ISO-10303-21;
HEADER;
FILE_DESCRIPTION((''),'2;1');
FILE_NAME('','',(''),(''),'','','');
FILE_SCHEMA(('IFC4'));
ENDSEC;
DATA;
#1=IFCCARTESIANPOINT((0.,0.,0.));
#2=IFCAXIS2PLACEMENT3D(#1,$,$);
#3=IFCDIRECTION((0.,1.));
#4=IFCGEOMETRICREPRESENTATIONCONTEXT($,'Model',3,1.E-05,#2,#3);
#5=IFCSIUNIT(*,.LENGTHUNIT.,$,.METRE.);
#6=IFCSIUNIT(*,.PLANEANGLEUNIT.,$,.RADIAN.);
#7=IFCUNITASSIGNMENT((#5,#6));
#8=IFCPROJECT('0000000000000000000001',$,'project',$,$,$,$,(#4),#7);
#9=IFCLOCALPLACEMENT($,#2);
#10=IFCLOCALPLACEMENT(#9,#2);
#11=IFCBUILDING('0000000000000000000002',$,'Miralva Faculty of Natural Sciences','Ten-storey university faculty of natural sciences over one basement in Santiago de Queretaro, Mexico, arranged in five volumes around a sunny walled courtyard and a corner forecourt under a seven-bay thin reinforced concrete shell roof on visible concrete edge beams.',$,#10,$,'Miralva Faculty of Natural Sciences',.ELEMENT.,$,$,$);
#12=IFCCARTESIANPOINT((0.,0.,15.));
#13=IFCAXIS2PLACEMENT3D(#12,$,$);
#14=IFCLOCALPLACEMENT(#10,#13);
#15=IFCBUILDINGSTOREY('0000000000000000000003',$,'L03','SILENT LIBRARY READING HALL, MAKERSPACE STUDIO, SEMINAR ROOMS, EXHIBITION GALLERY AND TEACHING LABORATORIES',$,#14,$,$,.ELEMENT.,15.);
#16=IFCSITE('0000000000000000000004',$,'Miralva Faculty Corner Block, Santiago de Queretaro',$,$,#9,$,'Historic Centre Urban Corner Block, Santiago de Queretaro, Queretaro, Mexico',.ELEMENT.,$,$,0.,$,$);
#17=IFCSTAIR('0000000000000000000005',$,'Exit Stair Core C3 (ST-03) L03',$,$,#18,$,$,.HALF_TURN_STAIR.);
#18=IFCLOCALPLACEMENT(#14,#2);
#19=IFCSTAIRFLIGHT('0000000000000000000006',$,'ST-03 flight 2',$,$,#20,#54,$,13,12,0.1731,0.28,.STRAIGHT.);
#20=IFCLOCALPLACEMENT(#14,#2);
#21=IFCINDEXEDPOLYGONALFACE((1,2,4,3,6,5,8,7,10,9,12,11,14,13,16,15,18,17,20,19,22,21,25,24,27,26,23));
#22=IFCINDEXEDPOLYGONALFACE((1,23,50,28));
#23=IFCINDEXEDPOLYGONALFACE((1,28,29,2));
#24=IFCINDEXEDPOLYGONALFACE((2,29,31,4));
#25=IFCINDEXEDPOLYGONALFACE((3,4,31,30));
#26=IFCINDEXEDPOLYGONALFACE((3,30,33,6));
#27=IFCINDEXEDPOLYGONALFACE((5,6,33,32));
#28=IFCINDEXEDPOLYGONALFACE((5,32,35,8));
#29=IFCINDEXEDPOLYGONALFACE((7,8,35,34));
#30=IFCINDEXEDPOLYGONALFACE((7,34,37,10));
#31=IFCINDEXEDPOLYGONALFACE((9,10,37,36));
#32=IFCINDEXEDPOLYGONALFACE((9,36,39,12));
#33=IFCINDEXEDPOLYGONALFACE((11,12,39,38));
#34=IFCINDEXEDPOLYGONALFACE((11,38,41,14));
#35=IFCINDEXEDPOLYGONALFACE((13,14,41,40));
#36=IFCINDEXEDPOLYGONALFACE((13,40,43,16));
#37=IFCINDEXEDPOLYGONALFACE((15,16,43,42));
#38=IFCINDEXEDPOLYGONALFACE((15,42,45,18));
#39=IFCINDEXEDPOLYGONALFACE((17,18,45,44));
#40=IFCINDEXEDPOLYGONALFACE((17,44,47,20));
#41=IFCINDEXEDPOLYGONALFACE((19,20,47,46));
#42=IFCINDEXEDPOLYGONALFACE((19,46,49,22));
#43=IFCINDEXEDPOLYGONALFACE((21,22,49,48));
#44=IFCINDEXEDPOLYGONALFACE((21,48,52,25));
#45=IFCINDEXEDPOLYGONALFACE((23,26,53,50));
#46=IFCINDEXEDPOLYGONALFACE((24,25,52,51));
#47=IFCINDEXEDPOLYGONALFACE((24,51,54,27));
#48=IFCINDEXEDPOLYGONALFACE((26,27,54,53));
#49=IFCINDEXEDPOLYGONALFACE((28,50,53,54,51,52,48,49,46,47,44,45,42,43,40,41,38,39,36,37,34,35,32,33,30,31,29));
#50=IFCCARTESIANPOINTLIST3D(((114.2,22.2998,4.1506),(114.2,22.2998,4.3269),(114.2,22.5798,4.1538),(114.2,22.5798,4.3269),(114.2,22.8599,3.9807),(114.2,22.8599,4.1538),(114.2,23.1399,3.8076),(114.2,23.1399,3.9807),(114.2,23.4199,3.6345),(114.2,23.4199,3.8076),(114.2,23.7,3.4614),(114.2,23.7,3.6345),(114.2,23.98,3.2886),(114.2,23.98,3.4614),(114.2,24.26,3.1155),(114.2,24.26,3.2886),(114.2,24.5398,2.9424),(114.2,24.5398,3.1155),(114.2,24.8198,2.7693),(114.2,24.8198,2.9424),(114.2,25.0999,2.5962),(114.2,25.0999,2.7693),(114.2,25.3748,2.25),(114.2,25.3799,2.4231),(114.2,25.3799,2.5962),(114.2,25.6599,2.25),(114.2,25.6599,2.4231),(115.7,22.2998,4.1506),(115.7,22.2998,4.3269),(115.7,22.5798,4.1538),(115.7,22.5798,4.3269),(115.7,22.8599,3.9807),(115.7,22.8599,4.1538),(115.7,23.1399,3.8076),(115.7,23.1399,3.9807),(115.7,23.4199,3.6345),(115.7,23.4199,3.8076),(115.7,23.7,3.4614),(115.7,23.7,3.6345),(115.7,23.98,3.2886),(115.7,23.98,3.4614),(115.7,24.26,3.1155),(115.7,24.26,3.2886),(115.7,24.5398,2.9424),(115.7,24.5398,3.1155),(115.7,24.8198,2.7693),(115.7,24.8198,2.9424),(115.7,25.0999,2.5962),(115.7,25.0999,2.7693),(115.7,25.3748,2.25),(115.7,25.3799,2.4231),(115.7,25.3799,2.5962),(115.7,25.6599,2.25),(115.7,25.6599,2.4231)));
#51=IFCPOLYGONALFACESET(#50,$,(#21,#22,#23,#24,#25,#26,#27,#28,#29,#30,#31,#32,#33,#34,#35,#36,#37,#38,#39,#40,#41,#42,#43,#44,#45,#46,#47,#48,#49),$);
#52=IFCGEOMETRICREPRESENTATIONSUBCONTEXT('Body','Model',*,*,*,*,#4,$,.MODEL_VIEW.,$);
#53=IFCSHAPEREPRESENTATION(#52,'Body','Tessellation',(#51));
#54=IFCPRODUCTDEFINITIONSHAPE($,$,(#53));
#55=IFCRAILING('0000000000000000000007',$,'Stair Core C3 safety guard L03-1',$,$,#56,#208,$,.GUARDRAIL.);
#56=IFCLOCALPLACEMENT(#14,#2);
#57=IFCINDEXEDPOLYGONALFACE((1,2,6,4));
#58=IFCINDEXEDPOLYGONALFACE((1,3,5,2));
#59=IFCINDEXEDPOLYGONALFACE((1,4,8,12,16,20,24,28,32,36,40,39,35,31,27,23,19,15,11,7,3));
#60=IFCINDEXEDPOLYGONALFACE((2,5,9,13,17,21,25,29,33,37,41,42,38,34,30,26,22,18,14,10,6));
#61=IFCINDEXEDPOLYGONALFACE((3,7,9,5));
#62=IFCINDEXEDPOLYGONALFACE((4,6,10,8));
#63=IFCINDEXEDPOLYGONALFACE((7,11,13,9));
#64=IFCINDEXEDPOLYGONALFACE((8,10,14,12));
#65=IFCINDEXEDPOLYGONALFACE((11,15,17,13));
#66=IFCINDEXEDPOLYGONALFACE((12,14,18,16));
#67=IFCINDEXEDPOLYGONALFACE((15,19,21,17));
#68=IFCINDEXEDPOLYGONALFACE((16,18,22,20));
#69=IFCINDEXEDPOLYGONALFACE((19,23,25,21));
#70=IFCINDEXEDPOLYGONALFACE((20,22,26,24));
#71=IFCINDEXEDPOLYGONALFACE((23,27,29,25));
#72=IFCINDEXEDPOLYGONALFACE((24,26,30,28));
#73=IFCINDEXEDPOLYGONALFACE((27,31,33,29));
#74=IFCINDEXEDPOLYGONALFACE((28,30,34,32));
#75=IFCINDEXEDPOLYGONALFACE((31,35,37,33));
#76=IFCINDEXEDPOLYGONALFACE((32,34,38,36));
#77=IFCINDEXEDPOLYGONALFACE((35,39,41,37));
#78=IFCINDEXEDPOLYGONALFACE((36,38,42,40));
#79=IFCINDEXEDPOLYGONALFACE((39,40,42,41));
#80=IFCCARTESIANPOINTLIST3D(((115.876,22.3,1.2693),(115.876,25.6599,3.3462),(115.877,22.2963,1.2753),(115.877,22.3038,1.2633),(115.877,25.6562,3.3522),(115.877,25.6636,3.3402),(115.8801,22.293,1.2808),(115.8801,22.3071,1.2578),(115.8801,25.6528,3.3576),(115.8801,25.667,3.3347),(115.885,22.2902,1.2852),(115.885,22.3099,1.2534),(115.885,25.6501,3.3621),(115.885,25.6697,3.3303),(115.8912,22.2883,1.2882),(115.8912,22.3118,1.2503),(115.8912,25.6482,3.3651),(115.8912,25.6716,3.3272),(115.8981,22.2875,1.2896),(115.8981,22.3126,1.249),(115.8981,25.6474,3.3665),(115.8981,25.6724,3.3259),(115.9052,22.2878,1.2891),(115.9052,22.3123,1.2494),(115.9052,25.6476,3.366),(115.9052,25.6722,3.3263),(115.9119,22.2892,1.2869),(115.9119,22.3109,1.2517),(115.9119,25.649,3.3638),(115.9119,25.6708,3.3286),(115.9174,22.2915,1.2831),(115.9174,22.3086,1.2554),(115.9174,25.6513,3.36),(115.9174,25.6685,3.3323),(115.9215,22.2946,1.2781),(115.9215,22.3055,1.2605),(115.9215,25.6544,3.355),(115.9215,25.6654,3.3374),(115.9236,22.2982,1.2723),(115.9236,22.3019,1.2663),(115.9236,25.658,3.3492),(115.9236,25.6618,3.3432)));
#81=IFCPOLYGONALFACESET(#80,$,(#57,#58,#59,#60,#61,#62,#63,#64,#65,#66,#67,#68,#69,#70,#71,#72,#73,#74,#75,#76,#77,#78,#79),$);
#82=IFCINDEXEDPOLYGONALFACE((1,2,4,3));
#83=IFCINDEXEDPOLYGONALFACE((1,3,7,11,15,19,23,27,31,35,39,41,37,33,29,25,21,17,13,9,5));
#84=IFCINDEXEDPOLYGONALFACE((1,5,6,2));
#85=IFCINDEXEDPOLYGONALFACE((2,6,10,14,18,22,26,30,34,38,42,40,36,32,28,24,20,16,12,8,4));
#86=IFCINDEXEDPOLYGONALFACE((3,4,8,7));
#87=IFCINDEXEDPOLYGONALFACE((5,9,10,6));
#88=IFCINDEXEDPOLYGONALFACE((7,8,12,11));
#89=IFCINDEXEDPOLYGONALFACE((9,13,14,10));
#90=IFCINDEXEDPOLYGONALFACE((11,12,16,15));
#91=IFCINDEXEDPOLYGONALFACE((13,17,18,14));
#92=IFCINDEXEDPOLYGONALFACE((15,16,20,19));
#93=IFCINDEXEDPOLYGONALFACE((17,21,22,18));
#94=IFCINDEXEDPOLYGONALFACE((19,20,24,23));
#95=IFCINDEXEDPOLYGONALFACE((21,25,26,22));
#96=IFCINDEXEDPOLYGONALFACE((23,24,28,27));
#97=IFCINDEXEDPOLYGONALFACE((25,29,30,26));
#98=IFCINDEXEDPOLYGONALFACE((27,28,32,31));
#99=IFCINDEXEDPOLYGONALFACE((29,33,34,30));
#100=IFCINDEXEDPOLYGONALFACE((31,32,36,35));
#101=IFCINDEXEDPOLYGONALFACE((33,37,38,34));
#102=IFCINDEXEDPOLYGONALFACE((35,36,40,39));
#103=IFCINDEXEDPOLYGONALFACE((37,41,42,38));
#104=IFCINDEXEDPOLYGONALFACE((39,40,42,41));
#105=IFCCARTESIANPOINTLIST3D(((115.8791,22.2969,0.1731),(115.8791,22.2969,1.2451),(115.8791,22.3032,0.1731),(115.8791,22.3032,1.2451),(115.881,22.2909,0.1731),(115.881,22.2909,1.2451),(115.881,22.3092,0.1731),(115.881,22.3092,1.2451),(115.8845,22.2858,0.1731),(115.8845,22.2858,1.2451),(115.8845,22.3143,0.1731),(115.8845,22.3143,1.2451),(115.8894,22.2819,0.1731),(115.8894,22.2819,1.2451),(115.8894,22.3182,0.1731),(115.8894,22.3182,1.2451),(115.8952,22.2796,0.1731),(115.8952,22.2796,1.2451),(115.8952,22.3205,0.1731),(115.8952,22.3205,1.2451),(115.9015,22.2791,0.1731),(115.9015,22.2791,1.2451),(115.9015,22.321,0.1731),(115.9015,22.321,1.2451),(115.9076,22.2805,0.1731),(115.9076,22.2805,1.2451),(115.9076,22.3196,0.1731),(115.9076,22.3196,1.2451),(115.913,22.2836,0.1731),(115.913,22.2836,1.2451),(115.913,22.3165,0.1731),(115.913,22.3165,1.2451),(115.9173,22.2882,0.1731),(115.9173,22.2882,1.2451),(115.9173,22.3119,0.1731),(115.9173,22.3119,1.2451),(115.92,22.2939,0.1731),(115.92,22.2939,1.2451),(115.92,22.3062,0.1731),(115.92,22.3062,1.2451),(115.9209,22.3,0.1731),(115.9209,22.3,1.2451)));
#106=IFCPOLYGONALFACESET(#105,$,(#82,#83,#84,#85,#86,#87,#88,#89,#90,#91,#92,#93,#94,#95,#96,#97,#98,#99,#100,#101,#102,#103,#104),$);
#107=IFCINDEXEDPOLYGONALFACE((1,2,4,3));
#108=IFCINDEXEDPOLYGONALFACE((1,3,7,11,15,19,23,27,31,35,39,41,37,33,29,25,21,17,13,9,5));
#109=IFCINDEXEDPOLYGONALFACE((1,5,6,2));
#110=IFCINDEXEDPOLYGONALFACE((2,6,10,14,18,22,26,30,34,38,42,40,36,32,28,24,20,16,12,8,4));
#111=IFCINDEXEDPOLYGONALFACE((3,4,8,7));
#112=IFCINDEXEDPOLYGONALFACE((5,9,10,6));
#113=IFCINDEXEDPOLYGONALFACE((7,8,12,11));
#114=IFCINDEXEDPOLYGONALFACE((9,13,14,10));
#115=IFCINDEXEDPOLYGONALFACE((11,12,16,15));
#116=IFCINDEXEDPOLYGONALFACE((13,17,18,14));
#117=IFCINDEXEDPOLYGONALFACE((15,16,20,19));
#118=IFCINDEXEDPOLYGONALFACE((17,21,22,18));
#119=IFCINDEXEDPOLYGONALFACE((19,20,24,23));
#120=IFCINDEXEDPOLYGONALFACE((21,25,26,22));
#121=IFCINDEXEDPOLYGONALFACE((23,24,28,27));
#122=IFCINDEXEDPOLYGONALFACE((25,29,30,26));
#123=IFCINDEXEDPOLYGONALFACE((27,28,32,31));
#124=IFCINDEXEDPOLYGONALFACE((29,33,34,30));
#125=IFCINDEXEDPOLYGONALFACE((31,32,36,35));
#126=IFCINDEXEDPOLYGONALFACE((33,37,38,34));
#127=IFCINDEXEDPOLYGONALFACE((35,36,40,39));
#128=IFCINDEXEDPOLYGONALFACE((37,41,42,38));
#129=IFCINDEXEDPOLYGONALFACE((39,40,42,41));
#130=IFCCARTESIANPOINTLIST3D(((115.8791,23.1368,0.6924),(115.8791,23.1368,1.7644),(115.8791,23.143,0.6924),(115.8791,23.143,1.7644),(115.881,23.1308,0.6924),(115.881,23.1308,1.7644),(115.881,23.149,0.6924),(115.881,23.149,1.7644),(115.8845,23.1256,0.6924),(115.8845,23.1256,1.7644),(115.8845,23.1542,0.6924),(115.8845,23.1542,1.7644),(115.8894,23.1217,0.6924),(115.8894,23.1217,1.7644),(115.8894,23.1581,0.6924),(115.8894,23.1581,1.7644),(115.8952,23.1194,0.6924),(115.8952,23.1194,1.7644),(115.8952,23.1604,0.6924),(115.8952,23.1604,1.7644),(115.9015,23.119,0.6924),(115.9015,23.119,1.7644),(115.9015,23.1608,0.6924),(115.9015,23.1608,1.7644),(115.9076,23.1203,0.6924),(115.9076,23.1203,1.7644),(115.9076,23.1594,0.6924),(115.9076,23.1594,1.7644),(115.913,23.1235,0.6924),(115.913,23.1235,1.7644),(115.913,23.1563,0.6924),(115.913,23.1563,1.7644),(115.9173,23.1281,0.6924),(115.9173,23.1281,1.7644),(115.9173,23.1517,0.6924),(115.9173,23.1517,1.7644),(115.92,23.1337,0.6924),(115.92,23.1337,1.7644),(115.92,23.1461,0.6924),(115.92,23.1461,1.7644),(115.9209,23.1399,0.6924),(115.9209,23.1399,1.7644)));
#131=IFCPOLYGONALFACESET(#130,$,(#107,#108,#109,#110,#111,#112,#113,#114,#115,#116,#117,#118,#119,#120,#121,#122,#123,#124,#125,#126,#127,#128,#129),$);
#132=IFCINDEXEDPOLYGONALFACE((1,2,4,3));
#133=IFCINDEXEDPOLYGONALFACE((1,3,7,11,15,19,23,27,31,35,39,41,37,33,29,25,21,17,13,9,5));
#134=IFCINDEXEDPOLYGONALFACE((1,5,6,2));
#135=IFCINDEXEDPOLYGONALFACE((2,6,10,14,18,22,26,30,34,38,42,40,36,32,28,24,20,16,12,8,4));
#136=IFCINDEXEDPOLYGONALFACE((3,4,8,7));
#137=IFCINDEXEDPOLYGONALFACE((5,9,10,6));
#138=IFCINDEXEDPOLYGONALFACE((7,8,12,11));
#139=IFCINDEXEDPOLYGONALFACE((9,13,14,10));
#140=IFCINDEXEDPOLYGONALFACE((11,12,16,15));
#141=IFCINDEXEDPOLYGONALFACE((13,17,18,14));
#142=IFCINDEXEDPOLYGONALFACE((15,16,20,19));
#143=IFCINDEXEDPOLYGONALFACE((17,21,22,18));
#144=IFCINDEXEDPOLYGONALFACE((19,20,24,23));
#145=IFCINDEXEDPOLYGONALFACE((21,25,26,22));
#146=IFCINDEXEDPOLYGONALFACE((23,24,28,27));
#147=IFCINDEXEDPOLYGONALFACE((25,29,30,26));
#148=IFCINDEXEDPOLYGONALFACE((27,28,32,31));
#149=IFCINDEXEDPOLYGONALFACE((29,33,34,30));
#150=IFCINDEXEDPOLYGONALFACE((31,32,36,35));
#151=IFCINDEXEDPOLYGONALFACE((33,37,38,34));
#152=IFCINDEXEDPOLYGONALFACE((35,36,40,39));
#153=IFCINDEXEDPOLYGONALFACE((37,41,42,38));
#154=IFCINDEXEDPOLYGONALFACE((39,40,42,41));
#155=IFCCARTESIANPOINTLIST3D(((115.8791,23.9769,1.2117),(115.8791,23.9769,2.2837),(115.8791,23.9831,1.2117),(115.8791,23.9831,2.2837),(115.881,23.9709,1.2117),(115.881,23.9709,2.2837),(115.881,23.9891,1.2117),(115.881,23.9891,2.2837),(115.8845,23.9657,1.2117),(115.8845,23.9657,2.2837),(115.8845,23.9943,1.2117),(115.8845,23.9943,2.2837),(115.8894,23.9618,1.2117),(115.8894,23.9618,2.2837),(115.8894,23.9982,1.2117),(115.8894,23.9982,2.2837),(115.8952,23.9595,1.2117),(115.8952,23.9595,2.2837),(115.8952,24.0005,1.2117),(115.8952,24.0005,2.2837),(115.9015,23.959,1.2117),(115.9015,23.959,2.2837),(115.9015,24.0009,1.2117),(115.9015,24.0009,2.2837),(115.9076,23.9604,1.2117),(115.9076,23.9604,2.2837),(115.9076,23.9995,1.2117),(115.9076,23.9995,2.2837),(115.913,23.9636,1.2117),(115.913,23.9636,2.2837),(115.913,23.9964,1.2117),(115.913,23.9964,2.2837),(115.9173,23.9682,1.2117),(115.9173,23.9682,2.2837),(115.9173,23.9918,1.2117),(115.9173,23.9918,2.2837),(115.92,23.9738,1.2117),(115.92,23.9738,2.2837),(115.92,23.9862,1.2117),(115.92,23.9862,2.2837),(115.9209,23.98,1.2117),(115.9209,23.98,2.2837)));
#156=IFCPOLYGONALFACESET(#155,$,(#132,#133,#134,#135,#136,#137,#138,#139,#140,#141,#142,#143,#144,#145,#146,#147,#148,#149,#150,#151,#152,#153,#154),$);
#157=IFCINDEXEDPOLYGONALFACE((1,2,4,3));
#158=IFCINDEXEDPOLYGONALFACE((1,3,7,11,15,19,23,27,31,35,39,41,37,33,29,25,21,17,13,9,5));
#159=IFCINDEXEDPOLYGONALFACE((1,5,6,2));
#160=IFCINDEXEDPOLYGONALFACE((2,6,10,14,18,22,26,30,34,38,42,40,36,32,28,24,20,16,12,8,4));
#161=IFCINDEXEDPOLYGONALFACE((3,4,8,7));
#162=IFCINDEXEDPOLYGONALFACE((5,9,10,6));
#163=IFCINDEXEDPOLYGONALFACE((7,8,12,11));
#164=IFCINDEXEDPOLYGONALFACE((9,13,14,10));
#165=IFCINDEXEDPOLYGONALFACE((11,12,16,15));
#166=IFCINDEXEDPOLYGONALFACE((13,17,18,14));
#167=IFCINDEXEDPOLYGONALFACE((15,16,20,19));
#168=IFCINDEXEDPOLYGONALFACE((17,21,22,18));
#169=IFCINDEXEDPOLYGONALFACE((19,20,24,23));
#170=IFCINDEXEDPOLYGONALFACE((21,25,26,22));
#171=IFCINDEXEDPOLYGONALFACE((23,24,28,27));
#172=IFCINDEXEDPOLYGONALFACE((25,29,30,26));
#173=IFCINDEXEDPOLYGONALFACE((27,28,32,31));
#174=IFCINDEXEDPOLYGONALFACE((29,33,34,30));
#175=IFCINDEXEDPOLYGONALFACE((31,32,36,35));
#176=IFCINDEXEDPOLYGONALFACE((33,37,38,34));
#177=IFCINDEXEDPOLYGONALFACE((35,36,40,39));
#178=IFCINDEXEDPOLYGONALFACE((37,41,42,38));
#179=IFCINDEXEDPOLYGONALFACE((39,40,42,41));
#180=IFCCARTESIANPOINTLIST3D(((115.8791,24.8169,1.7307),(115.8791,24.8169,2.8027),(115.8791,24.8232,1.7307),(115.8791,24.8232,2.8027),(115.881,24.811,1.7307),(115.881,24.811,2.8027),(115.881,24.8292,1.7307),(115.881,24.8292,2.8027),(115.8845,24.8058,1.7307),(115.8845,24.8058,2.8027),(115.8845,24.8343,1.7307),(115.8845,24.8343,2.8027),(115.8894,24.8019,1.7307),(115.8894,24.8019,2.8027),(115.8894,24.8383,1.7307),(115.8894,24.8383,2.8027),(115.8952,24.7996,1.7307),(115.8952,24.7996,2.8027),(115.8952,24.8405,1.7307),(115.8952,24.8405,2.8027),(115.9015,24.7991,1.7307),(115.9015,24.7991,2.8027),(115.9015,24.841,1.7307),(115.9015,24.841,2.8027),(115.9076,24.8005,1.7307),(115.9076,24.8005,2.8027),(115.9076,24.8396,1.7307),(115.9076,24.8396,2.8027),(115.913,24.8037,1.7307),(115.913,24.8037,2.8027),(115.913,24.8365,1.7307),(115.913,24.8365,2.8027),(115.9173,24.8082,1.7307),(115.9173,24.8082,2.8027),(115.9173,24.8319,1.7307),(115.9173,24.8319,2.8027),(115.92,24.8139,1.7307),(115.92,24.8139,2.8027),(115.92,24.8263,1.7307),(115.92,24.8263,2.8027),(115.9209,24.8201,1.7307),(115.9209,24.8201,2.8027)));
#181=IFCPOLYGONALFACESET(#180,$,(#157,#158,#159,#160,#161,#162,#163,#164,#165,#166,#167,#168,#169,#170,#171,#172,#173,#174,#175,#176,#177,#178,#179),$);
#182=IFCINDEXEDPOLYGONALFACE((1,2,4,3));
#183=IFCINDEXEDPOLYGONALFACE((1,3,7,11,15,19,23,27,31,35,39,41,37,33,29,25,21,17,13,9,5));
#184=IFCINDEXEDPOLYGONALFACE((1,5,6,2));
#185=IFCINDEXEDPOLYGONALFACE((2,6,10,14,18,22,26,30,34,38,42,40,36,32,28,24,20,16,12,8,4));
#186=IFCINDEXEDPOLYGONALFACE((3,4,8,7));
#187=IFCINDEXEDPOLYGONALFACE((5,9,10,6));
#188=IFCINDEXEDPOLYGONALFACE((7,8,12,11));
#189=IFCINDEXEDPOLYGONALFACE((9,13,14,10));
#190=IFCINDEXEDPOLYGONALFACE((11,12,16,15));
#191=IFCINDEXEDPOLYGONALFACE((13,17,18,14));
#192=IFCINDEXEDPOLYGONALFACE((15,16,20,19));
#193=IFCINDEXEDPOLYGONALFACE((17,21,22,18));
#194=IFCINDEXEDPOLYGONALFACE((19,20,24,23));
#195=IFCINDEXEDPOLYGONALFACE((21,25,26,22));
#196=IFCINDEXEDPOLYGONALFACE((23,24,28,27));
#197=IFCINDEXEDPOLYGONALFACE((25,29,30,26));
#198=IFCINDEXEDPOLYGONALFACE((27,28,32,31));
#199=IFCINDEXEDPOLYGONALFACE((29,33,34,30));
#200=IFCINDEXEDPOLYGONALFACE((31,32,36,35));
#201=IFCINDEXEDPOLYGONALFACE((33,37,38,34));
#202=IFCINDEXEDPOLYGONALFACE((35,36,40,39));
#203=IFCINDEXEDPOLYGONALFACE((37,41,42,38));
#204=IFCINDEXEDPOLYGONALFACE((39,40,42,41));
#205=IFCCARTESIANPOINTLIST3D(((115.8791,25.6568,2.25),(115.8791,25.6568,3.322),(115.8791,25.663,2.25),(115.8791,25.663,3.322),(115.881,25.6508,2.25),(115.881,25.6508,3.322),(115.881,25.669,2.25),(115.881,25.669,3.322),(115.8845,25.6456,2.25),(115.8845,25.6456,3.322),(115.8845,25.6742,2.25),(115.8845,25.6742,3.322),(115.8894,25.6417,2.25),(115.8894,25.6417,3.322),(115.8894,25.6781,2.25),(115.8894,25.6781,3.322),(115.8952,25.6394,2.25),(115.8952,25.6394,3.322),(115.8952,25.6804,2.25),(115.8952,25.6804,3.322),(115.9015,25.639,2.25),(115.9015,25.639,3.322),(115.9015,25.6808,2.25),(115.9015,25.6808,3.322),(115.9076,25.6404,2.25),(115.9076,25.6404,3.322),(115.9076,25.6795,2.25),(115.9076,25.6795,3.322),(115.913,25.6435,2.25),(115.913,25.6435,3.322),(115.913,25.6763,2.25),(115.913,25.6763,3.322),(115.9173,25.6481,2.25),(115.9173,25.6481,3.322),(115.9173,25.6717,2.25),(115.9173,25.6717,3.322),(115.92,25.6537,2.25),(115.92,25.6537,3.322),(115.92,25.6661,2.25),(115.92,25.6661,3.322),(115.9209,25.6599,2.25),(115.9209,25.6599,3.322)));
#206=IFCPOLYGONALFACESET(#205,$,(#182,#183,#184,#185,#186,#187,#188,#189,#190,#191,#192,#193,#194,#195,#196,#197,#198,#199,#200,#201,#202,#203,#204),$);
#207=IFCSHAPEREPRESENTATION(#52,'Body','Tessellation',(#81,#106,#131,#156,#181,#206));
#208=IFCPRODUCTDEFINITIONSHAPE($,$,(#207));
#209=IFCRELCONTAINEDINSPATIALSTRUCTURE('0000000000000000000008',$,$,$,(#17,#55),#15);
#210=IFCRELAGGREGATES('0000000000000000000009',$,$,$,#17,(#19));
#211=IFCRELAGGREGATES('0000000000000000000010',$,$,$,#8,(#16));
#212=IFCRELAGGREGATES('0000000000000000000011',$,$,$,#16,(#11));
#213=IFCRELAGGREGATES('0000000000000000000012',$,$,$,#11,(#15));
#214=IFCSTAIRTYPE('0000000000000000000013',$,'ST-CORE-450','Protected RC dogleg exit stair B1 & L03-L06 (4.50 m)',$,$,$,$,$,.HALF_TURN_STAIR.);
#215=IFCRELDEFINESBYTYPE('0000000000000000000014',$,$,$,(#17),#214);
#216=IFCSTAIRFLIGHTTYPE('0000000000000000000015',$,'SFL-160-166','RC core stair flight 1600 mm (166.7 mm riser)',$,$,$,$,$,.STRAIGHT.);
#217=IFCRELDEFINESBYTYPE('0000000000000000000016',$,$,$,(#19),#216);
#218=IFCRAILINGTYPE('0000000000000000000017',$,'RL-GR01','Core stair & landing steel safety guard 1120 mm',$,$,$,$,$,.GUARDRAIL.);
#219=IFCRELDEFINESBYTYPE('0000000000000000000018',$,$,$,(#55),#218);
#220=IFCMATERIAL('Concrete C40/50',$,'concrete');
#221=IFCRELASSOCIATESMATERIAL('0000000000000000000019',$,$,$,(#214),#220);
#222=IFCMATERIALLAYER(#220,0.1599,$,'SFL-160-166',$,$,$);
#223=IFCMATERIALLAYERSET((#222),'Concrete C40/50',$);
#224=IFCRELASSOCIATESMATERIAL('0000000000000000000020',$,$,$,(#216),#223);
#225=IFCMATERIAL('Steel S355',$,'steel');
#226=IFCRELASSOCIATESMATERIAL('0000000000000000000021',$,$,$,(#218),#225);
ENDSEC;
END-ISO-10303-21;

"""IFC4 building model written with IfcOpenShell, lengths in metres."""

from ifc_helpers import new_model, si_unit, direction, frame, origin, origin_2d, place, context, subcontext, project, spatial, polyline, circle, outline, extrude, material, layer, layer_set, type_object, element, aggregate, save


model = new_model("IFC4")

# Units and contexts
model_context = context("Model", 3, precision=1e-05, world=origin(), true_north=direction((0.0, 1.0)))
body_context = subcontext(model_context, "Body", "Model", "MODEL_VIEW")
ifc_project = project(units=[si_unit("LENGTHUNIT", "METRE"), si_unit("PLANEANGLEUNIT", "RADIAN")], contexts=[model_context])

# Site, building, storey
site_placement = place(None, origin())
site = spatial("IfcSite", under=ifc_project, at=site_placement, Name="Miralva Faculty Corner Block, Santiago de Queretaro", LongName="Historic Centre Urban Corner Block, Santiago de Queretaro, Queretaro, Mexico", CompositionType="ELEMENT", RefElevation=0.0)
building_placement = place(site_placement, origin())
building = spatial("IfcBuilding", under=site, at=building_placement, Name="Miralva Faculty of Natural Sciences", Description="Ten-storey university faculty of natural sciences over one basement in Santiago de Queretaro, Mexico, arranged in five volumes around a sunny walled courtyard and a corner forecourt under a seven-bay thin reinforced concrete shell roof on visible concrete edge beams.", LongName="Miralva Faculty of Natural Sciences", CompositionType="ELEMENT")
storey_placement = place(building_placement, frame((0.0, 0.0, 15.0)))
storey = spatial("IfcBuildingStorey", under=building, at=storey_placement, Name="L03", Description="SILENT LIBRARY READING HALL, MAKERSPACE STUDIO, SEMINAR ROOMS, EXHIBITION GALLERY AND TEACHING LABORATORIES", CompositionType="ELEMENT", Elevation=15.0)

# Shared definitions
ifc_material_1 = material(Name="Concrete C40/50", Category="concrete")

# Stair, stair flight
stair_type = type_object("IfcStairType", Name="ST-CORE-450", Description="Protected RC dogleg exit stair B1 & L03-L06 (4.50 m)", PredefinedType="HALF_TURN_STAIR", material=ifc_material_1)
stair_placement = place(storey_placement, origin())
stair = element("IfcStair", 1, at=stair_placement, inside=storey, type_object=stair_type, Name="Exit Stair Core C3 (ST-03) L03", PredefinedType="HALF_TURN_STAIR")
ifc_layer_1 = layer(ifc_material_1, 0.1599, Name="SFL-160-166")
ifc_layer_set_1 = layer_set([ifc_layer_1], Name="Concrete C40/50")
stair_flight_type = type_object("IfcStairFlightType", Name="SFL-160-166", Description="RC core stair flight 1600 mm (166.7 mm riser)", PredefinedType="STRAIGHT", material=ifc_layer_set_1)
stair_flight_1_placement = place(storey_placement, frame((114.95, 25.6599, 2.25), z_axis=(0.0, 0.0, 1.0), x_axis=(0.0, -1.0, 0.0)))
stair_flight_1 = element("IfcStairFlight", 2, at=stair_flight_1_placement, type_object=stair_flight_type, Name="ST-03 flight 2", NumberOfRisers=13, NumberOfTreads=12, PredefinedType="STRAIGHT", RiserHeight=0.1731, TreadLength=0.28, context=body_context, shape_type="SweptSolid", body=[
    extrude(outline(polyline([(0.0, 0.0), (0.0, 0.1731), (0.28, 0.1731), (0.28, 0.3462), (0.5601, 0.3462), (0.5601, 0.5193), (0.8401, 0.5193), (0.8401, 0.6924), (1.1201, 0.6924), (1.1201, 0.8655), (1.3999, 0.8655), (1.3999, 1.0386), (1.6799, 1.0386), (1.6799, 1.2114), (1.96, 1.2114), (1.96, 1.3845), (2.24, 1.3845), (2.24, 1.5576), (2.52, 1.5576), (2.52, 1.7307), (2.8, 1.7307), (2.8, 1.9038), (3.0801, 1.9038), (3.0801, 2.0769), (3.3601, 2.0769), (3.3601, 2.25), (3.3601, 1.9006), (0.2852, 0.0), (0.0, 0.0)])), frame((0.0, 0.75, 0.0), z_axis=(0.0, -1.0, 0.0), x_axis=(1.0, 0.0, 0.0)), (0.0, 0.0, 1.0), 1.5),
])
aggregate(stair, [stair_flight_1])

# Railing
ifc_material_2 = material(Name="Steel S355", Category="steel")
railing_type_1 = type_object("IfcRailingType", Name="RL-GR01", Description="Core stair & landing steel safety guard 1120 mm", PredefinedType="GUARDRAIL", material=ifc_material_2)
railing_1_placement = place(storey_placement, frame((115.8999, 22.3, 0.1731)))
element("IfcRailing", 3, at=railing_1_placement, inside=storey, type_object=railing_type_1, Name="Stair Core C3 safety guard L03-1", PredefinedType="GUARDRAIL", context=body_context, shape_type="SweptSolid", body=[
    extrude(circle(Radius=0.0239, at=origin_2d()), frame((0.0, 0.0, 1.0962), z_axis=(0.0, 0.850606, 0.525803), x_axis=(-1.0, 0.0, 0.0)), (0.0, 0.0, 1.0), 3.95),
    extrude(circle(Radius=0.021, at=origin_2d()), origin(), (0.0, 0.0, 1.0), 1.072),
    extrude(circle(Radius=0.021, at=origin_2d()), frame((0.0, 0.8398, 0.5193)), (0.0, 0.0, 1.0), 1.072),
    extrude(circle(Radius=0.021, at=origin_2d()), frame((0.0, 1.6799, 1.0386)), (0.0, 0.0, 1.0), 1.072),
    extrude(circle(Radius=0.021, at=origin_2d()), frame((0.0, 2.52, 1.5576)), (0.0, 0.0, 1.0), 1.072),
    extrude(circle(Radius=0.021, at=origin_2d()), frame((0.0, 3.3599, 2.0769)), (0.0, 0.0, 1.0), 1.072),
])

save(model, "model.ifc")
